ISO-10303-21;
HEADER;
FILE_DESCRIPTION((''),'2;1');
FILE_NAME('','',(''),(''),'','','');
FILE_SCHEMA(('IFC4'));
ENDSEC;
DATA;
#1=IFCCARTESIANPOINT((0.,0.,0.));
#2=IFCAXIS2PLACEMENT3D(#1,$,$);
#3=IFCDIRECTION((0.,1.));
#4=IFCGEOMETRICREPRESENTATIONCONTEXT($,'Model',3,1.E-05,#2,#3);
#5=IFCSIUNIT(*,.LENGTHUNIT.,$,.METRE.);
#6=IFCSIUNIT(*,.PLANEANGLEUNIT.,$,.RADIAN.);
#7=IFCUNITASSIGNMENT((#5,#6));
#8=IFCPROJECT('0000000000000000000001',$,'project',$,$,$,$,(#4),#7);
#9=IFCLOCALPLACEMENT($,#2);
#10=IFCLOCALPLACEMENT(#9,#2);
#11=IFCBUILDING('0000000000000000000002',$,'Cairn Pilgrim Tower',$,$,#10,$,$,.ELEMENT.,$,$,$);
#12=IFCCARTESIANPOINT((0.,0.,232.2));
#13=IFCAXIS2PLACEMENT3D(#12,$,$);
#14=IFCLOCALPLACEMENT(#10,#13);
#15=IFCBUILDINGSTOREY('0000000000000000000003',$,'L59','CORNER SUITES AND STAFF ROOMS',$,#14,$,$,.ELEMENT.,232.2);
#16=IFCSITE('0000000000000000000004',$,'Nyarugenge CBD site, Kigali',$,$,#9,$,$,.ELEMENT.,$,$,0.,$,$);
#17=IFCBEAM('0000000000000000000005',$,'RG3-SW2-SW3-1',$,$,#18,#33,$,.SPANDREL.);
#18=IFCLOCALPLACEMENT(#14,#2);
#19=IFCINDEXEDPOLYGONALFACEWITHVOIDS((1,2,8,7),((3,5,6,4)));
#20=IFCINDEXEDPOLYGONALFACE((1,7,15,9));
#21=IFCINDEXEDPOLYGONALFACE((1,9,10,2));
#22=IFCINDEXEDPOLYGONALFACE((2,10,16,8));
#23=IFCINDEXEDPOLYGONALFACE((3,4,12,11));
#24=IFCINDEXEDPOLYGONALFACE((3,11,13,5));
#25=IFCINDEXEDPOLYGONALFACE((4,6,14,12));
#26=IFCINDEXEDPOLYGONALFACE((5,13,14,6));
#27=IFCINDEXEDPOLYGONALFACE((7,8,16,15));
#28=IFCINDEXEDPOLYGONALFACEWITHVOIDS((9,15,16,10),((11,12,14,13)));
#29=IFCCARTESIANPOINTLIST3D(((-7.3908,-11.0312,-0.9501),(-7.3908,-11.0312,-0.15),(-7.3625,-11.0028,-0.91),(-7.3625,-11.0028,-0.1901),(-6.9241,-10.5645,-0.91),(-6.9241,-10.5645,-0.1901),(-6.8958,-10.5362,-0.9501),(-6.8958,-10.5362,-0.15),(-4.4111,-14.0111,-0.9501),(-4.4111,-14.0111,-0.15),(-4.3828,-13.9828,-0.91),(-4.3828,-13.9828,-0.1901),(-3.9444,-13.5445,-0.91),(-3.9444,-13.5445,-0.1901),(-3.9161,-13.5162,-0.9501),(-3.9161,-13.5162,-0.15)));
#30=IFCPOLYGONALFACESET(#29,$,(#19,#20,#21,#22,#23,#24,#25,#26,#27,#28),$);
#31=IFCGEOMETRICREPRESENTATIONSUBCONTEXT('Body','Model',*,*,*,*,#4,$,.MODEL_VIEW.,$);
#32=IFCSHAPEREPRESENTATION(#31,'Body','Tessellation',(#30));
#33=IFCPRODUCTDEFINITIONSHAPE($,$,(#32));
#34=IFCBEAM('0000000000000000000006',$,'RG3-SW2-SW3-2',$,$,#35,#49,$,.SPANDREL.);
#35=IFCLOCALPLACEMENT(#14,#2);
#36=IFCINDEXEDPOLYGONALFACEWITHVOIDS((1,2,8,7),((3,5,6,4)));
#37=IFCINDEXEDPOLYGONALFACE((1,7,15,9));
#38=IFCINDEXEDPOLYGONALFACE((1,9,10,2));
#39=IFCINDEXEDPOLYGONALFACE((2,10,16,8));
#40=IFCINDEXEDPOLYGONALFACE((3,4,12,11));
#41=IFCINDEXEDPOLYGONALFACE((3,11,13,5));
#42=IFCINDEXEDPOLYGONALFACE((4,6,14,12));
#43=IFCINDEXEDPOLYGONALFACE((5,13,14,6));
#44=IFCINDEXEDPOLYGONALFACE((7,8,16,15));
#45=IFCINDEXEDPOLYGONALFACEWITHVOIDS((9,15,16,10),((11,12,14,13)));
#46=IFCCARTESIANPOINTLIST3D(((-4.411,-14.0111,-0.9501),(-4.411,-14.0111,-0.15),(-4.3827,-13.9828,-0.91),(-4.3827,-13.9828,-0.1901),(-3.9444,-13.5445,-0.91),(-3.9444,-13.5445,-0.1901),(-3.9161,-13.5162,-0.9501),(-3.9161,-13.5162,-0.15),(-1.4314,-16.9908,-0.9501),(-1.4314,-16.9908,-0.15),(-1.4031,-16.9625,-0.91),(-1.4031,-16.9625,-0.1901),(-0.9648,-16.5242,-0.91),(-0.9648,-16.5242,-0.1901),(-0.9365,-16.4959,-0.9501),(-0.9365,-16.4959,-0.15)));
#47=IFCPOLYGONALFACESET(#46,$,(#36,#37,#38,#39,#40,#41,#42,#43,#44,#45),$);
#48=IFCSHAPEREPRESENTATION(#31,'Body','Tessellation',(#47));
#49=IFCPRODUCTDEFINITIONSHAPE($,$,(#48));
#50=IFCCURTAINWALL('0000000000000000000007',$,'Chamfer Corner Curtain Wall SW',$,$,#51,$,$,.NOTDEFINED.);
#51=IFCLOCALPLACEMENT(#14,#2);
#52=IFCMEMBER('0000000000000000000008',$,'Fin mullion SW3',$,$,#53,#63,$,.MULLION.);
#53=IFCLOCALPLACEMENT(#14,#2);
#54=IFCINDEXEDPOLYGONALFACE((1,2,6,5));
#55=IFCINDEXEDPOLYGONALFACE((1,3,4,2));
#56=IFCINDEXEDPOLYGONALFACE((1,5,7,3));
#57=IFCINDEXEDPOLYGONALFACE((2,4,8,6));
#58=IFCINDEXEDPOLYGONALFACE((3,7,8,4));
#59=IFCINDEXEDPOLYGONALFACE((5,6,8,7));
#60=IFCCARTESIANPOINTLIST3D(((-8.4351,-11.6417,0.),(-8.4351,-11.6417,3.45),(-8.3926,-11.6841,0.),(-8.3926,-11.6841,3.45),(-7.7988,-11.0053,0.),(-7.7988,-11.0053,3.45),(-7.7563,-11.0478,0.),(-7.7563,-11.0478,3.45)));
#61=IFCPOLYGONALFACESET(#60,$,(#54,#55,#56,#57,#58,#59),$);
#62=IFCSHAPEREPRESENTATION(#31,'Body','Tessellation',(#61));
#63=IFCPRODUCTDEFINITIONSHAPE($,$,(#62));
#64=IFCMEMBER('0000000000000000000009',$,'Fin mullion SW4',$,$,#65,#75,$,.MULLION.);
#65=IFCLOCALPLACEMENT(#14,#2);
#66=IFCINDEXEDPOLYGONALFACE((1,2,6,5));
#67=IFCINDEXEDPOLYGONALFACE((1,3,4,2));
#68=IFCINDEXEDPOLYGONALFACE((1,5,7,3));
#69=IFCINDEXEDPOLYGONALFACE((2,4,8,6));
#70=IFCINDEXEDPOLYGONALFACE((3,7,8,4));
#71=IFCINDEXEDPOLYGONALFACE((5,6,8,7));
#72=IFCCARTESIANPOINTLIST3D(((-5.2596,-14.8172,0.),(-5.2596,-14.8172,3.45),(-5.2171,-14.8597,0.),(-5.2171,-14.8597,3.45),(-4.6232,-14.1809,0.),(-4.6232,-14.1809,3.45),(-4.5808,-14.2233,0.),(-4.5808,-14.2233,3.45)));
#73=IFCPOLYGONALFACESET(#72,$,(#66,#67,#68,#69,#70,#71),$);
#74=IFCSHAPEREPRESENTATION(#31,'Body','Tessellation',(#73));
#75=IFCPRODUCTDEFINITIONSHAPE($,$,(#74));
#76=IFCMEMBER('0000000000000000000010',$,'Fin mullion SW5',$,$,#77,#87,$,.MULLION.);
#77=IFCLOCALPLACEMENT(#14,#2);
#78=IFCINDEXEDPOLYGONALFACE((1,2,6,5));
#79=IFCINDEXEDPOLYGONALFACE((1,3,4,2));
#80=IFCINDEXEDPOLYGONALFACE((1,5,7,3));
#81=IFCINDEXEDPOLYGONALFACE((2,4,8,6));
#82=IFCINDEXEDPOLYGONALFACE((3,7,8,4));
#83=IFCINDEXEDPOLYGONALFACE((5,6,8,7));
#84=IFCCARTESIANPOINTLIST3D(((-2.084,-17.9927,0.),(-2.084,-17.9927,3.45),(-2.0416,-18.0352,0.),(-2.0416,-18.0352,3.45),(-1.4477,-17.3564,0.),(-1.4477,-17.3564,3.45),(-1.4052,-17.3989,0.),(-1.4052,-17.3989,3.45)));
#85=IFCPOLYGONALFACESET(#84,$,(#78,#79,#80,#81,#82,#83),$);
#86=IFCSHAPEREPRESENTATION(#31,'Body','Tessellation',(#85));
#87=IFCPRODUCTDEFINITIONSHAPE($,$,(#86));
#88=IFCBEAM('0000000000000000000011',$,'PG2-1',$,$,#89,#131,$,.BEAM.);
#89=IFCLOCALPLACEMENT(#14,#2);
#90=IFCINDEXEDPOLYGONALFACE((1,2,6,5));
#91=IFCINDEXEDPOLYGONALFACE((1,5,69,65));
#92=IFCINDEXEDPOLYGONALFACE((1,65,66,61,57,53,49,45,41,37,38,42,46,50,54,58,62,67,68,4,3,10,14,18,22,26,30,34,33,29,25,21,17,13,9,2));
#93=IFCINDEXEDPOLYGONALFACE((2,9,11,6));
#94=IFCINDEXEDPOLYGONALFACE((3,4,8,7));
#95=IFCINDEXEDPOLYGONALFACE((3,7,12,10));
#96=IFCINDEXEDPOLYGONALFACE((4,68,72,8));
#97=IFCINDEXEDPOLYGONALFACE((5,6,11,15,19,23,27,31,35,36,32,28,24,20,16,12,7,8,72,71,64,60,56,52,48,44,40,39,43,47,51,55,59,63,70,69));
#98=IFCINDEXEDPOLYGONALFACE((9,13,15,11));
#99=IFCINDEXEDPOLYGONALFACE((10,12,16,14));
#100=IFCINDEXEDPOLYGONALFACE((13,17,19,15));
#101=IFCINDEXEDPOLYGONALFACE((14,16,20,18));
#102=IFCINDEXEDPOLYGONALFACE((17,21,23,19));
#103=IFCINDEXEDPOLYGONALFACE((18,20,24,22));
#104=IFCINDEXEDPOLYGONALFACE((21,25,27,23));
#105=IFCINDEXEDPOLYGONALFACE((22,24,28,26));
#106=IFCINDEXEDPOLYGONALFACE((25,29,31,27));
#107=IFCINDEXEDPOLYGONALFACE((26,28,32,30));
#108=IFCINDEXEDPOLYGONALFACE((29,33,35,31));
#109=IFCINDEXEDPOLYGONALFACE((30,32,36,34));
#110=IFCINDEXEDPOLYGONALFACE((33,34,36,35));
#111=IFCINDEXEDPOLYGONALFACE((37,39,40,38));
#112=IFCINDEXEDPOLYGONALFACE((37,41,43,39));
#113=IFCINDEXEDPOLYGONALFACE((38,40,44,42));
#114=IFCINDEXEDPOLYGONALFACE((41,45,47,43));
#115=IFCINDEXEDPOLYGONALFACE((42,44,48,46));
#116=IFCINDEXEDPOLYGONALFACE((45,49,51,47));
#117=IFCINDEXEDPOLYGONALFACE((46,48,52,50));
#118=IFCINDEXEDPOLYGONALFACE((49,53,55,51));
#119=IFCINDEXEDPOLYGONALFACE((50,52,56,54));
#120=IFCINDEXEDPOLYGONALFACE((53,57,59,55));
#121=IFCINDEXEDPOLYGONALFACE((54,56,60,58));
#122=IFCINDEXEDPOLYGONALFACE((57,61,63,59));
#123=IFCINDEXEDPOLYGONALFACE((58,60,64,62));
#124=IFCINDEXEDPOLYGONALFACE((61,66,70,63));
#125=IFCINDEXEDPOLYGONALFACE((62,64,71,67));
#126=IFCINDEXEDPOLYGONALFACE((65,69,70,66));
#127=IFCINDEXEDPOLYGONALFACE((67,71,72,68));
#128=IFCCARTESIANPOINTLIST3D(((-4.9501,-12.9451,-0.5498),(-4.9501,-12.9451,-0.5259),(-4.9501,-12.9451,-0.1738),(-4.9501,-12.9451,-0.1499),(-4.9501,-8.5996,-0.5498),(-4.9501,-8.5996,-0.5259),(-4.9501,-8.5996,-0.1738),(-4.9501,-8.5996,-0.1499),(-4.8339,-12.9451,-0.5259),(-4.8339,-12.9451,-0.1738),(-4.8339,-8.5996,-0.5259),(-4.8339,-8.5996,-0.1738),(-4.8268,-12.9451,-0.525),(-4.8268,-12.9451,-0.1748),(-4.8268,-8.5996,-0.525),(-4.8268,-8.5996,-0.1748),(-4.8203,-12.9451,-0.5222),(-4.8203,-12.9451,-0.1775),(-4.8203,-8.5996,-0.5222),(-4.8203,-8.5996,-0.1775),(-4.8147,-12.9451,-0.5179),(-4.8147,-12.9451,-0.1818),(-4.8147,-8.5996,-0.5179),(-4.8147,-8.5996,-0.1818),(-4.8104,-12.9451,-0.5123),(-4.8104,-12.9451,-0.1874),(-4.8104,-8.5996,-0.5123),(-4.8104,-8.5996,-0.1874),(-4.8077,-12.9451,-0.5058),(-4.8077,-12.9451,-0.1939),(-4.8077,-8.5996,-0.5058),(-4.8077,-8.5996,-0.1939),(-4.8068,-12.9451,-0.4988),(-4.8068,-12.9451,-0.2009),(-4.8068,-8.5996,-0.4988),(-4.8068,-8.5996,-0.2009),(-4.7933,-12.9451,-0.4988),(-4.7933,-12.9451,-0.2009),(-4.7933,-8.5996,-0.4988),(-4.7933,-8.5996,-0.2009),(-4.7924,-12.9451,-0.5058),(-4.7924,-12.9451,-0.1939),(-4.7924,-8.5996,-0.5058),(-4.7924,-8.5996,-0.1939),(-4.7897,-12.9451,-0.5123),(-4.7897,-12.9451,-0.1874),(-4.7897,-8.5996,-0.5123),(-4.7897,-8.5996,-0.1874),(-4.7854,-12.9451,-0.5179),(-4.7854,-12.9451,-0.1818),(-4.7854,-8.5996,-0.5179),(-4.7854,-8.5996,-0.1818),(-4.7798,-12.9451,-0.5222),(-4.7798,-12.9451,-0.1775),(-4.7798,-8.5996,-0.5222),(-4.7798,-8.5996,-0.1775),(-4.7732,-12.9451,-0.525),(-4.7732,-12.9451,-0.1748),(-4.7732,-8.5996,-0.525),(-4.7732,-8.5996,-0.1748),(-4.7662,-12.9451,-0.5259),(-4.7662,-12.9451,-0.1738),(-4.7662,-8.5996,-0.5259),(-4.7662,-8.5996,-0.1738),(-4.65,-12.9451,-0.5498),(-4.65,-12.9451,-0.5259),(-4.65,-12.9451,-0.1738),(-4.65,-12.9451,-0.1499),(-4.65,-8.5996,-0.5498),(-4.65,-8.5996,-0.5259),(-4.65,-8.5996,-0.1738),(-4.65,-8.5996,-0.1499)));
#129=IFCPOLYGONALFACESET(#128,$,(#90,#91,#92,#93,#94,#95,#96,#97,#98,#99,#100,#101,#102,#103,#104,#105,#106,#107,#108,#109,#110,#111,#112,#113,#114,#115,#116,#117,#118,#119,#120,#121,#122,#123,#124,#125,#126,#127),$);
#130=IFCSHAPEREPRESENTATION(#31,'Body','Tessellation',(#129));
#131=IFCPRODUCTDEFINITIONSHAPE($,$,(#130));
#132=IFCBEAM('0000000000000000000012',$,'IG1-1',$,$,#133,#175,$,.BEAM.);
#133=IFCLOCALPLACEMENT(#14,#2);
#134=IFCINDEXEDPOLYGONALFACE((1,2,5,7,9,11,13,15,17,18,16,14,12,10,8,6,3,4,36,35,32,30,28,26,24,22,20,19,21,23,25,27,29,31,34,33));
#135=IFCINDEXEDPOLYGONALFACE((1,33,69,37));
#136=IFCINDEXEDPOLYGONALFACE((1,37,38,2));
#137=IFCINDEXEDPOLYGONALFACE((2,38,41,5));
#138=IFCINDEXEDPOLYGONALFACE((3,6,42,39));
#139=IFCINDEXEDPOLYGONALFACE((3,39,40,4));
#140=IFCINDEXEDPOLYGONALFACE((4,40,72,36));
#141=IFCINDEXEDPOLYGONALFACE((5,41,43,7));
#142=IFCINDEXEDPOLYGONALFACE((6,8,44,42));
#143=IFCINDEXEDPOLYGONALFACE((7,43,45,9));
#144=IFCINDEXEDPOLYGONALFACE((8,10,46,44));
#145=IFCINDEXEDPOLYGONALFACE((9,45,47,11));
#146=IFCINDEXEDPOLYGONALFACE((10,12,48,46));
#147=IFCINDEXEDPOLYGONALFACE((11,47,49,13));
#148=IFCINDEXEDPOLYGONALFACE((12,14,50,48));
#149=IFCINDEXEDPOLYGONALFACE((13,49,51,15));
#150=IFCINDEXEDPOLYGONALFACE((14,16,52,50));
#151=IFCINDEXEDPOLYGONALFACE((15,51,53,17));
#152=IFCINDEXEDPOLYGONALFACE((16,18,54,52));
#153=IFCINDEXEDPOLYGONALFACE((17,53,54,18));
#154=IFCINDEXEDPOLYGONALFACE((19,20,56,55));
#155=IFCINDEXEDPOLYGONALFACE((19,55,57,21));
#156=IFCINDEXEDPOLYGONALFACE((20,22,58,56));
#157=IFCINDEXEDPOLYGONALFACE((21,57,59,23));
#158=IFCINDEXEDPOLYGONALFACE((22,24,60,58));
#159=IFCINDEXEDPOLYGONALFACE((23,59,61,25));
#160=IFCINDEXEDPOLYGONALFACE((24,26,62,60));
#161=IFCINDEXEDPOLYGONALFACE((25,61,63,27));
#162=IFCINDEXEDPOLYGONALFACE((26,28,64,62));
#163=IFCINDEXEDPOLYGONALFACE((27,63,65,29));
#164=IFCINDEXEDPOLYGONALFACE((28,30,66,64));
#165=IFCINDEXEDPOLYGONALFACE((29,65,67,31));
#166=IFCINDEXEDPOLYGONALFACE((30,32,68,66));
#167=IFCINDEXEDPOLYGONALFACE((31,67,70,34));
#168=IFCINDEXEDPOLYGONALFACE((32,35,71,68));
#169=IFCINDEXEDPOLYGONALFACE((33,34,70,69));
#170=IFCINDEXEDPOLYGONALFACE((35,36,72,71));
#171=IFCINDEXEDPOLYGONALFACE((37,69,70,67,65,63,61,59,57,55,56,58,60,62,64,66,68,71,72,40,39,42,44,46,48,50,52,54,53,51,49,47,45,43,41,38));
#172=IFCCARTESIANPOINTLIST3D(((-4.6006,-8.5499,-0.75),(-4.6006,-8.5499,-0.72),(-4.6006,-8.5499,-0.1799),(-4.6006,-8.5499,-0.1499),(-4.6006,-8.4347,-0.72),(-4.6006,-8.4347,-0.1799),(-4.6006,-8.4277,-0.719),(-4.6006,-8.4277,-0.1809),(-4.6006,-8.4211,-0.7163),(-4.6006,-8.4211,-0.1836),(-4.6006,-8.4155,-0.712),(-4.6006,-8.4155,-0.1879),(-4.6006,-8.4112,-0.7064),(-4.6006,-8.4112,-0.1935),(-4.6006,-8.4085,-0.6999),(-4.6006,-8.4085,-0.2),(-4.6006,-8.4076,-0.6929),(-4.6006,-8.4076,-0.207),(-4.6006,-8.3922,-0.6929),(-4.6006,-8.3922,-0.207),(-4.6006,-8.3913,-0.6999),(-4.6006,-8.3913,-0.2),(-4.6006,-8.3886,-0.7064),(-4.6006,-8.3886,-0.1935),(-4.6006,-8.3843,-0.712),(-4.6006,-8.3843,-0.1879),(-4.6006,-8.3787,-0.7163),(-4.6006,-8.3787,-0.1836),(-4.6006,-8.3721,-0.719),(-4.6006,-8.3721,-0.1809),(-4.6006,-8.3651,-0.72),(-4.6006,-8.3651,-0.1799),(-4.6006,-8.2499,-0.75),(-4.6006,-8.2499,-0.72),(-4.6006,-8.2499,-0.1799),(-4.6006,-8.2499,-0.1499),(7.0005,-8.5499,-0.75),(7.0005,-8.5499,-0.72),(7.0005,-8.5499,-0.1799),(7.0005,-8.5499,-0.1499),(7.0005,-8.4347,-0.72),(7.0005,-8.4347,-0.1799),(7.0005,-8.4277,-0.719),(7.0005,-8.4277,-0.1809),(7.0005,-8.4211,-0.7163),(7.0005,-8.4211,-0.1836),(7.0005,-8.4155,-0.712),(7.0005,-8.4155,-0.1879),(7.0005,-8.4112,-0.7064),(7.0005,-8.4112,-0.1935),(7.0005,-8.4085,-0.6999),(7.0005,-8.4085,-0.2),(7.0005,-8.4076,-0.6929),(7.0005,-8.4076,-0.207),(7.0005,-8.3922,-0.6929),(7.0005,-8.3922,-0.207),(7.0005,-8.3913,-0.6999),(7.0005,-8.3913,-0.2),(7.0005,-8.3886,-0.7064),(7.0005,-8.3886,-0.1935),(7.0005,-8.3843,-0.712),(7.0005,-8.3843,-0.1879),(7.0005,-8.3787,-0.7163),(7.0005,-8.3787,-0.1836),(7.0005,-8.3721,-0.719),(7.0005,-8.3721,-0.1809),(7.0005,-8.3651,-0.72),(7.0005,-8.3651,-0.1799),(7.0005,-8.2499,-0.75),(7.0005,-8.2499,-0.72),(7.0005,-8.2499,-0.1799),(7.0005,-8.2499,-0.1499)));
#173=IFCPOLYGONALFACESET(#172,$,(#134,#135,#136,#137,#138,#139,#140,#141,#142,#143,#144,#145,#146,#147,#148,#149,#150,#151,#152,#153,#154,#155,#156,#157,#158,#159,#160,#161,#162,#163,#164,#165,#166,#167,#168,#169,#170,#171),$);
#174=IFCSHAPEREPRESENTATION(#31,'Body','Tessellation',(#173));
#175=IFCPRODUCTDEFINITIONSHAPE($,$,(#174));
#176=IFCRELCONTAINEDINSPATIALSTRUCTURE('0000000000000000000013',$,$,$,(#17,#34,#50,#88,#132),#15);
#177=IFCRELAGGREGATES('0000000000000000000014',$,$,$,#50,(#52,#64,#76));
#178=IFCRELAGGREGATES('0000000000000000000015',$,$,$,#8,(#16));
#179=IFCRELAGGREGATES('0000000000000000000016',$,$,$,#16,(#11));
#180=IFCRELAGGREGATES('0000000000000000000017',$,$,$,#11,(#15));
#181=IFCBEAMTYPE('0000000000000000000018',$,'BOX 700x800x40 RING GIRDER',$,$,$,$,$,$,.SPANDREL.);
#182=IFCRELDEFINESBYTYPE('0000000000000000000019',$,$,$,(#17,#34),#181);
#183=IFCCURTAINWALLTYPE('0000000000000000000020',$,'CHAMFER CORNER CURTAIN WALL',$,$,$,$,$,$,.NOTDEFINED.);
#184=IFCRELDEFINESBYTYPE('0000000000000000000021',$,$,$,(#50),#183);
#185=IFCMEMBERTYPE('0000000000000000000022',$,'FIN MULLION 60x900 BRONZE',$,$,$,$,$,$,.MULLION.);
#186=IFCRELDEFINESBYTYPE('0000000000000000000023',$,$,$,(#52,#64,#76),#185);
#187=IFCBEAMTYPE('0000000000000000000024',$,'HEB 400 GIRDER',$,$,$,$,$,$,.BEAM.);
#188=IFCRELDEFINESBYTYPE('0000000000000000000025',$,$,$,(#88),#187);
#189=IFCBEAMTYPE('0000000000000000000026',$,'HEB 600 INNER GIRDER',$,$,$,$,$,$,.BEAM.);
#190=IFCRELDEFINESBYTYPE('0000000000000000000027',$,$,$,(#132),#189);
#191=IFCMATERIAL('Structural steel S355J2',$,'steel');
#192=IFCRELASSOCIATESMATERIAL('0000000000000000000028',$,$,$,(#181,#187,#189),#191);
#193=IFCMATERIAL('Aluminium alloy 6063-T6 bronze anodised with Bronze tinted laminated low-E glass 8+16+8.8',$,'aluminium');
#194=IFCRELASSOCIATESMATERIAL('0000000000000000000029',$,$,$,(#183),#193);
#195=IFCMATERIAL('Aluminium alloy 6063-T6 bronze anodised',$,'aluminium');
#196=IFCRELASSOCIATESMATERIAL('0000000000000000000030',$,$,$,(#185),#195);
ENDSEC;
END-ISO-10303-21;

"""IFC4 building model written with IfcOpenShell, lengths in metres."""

from ifc_helpers import new_model, si_unit, direction, frame, origin, origin_2d, place, context, subcontext, project, spatial, rectangle, hollow_rectangle, i_section, extrude, material, material_profile, profile_set, type_object, element, aggregate, save


model = new_model("IFC4")

# Units and contexts
model_context = context("Model", 3, precision=1e-05, world=origin(), true_north=direction((0.0, 1.0)))
body_context = subcontext(model_context, "Body", "Model", "MODEL_VIEW")
ifc_project = project(units=[si_unit("LENGTHUNIT", "METRE"), si_unit("PLANEANGLEUNIT", "RADIAN")], contexts=[model_context])

# Site, building, storey
site_placement = place(None, origin())
site = spatial("IfcSite", under=ifc_project, at=site_placement, Name="Nyarugenge CBD site, Kigali", CompositionType="ELEMENT", RefElevation=0.0)
building_placement = place(site_placement, origin())
building = spatial("IfcBuilding", under=site, at=building_placement, Name="Cairn Pilgrim Tower", CompositionType="ELEMENT")
storey_placement = place(building_placement, frame((0.0, 0.0, 232.2)))
storey = spatial("IfcBuildingStorey", under=building, at=storey_placement, Name="L59", Description="CORNER SUITES AND STAFF ROOMS", CompositionType="ELEMENT", Elevation=232.2)

# Shared definitions
ifc_material_1 = material(Name="Structural steel S355J2", Category="steel")

# Beams
ifc_material_profile_1 = material_profile(ifc_material_1, hollow_rectangle(XDim=0.7, YDim=0.8, WallThickness=0.04, at=origin_2d()), Name="BOX 700x800x40")
ifc_profile_set_1 = profile_set([ifc_material_profile_1], Name="Structural steel S355J2")
beam_type_1 = type_object("IfcBeamType", Name="BOX 700x800x40 RING GIRDER", PredefinedType="SPANDREL", material=ifc_profile_set_1)
beam_1_placement = place(storey_placement, frame((-7.1433, -10.7837, -0.55), z_axis=(0.707078, -0.707136, 0.0), x_axis=(0.707136, 0.707078, 0.0)))
element("IfcBeam", 1, at=beam_1_placement, inside=storey, type_object=beam_type_1, Name="RG3-SW2-SW3-1", PredefinedType="SPANDREL", context=body_context, shape_type="SweptSolid", body=[
    extrude(hollow_rectangle(XDim=0.7, YDim=0.8, WallThickness=0.04, at=origin_2d()), origin(), (0.0, 0.0, 1.0), 4.2141),
])
beam_2_placement = place(storey_placement, frame((-4.1636, -13.7637, -0.55), z_axis=(0.707107, -0.707107, 0.0), x_axis=(0.707107, 0.707107, 0.0)))
element("IfcBeam", 2, at=beam_2_placement, inside=storey, type_object=beam_type_1, Name="RG3-SW2-SW3-2", PredefinedType="SPANDREL", context=body_context, shape_type="SweptSolid", body=[
    extrude(hollow_rectangle(XDim=0.7, YDim=0.8, WallThickness=0.04, at=origin_2d()), origin(), (0.0, 0.0, 1.0), 4.2139),
])

# Curtain wall, members
ifc_material_2 = material(Name="Aluminium alloy 6063-T6 bronze anodised with Bronze tinted laminated low-E glass 8+16+8.8", Category="aluminium")
curtain_wall_type = type_object("IfcCurtainWallType", Name="CHAMFER CORNER CURTAIN WALL", PredefinedType="NOTDEFINED", material=ifc_material_2)
curtain_wall_placement = place(storey_placement, origin())
curtain_wall = element("IfcCurtainWall", 3, at=curtain_wall_placement, inside=storey, type_object=curtain_wall_type, Name="Chamfer Corner Curtain Wall SW", PredefinedType="NOTDEFINED")
ifc_material_3 = material(Name="Aluminium alloy 6063-T6 bronze anodised", Category="aluminium")
ifc_material_profile_2 = material_profile(ifc_material_3, rectangle(XDim=0.8999, YDim=0.0601, at=origin_2d()), Name="FIN MULLION 60x900 BRONZE")
ifc_profile_set_2 = profile_set([ifc_material_profile_2], Name="Aluminium alloy 6063-T6 bronze anodised")
member_type_1 = type_object("IfcMemberType", Name="FIN MULLION 60x900 BRONZE", PredefinedType="MULLION", material=ifc_profile_set_2)
member_1_placement = place(storey_placement, frame((-8.0957, -11.3447, 0.0), z_axis=(0.0, 0.0, 1.0), x_axis=(-0.707107, -0.707107, 0.0)))
member_1 = element("IfcMember", 4, at=member_1_placement, type_object=member_type_1, Name="Fin mullion SW3", PredefinedType="MULLION", context=body_context, shape_type="SweptSolid", body=[
    extrude(rectangle(XDim=0.8999, YDim=0.0601, at=origin_2d()), origin(), (0.0, 0.0, 1.0), 3.45),
])
member_2_placement = place(storey_placement, frame((-4.9202, -14.5203, 0.0), z_axis=(0.0, 0.0, 1.0), x_axis=(-0.707107, -0.707107, 0.0)))
member_2 = element("IfcMember", 5, at=member_2_placement, type_object=member_type_1, Name="Fin mullion SW4", PredefinedType="MULLION", context=body_context, shape_type="SweptSolid", body=[
    extrude(rectangle(XDim=0.8999, YDim=0.0601, at=origin_2d()), origin(), (0.0, 0.0, 1.0), 3.45),
])
member_3_placement = place(storey_placement, frame((-1.7446, -17.6958, 0.0), z_axis=(0.0, 0.0, 1.0), x_axis=(-0.707107, -0.707107, 0.0)))
member_3 = element("IfcMember", 6, at=member_3_placement, type_object=member_type_1, Name="Fin mullion SW5", PredefinedType="MULLION", context=body_context, shape_type="SweptSolid", body=[
    extrude(rectangle(XDim=0.8999, YDim=0.0601, at=origin_2d()), origin(), (0.0, 0.0, 1.0), 3.45),
])

# Beams
ifc_material_profile_3 = material_profile(ifc_material_1, i_section(OverallWidth=0.3, OverallDepth=0.3999, WebThickness=0.0134, FlangeThickness=0.0239, FilletRadius=0.0271, at=origin_2d()), Name="HEB 400")
ifc_profile_set_3 = profile_set([ifc_material_profile_3], Name="Structural steel S355J2")
beam_type_2 = type_object("IfcBeamType", Name="HEB 400 GIRDER", PredefinedType="BEAM", material=ifc_profile_set_3)
beam_3_placement = place(storey_placement, frame((-4.8, -12.9451, -0.3499), z_axis=(0.0, 1.0, 0.0), x_axis=(-1.0, 0.0, 0.0)))
element("IfcBeam", 7, at=beam_3_placement, inside=storey, type_object=beam_type_2, Name="PG2-1", PredefinedType="BEAM", context=body_context, shape_type="SweptSolid", body=[
    extrude(i_section(OverallWidth=0.3, OverallDepth=0.3999, WebThickness=0.0134, FlangeThickness=0.0239, FilletRadius=0.0271, at=origin_2d()), origin(), (0.0, 0.0, 1.0), 4.3455),
])
ifc_material_profile_4 = material_profile(ifc_material_1, i_section(OverallWidth=0.3, OverallDepth=0.6001, WebThickness=0.0154, FlangeThickness=0.03, FilletRadius=0.0271, at=origin_2d()), Name="HEB 600")
ifc_profile_set_4 = profile_set([ifc_material_profile_4], Name="Structural steel S355J2")
beam_type_3 = type_object("IfcBeamType", Name="HEB 600 INNER GIRDER", PredefinedType="BEAM", material=ifc_profile_set_4)
beam_4_placement = place(storey_placement, frame((-4.6006, -8.3999, -0.45), z_axis=(1.0, 0.0, 0.0), x_axis=(0.0, 1.0, 0.0)))
element("IfcBeam", 8, at=beam_4_placement, inside=storey, type_object=beam_type_3, Name="IG1-1", PredefinedType="BEAM", context=body_context, shape_type="SweptSolid", body=[
    extrude(i_section(OverallWidth=0.3, OverallDepth=0.6001, WebThickness=0.0154, FlangeThickness=0.03, FilletRadius=0.0271, at=origin_2d()), origin(), (0.0, 0.0, 1.0), 11.6011),
])

aggregate(curtain_wall, [member_1, member_2, member_3])

save(model, "model.ifc")
